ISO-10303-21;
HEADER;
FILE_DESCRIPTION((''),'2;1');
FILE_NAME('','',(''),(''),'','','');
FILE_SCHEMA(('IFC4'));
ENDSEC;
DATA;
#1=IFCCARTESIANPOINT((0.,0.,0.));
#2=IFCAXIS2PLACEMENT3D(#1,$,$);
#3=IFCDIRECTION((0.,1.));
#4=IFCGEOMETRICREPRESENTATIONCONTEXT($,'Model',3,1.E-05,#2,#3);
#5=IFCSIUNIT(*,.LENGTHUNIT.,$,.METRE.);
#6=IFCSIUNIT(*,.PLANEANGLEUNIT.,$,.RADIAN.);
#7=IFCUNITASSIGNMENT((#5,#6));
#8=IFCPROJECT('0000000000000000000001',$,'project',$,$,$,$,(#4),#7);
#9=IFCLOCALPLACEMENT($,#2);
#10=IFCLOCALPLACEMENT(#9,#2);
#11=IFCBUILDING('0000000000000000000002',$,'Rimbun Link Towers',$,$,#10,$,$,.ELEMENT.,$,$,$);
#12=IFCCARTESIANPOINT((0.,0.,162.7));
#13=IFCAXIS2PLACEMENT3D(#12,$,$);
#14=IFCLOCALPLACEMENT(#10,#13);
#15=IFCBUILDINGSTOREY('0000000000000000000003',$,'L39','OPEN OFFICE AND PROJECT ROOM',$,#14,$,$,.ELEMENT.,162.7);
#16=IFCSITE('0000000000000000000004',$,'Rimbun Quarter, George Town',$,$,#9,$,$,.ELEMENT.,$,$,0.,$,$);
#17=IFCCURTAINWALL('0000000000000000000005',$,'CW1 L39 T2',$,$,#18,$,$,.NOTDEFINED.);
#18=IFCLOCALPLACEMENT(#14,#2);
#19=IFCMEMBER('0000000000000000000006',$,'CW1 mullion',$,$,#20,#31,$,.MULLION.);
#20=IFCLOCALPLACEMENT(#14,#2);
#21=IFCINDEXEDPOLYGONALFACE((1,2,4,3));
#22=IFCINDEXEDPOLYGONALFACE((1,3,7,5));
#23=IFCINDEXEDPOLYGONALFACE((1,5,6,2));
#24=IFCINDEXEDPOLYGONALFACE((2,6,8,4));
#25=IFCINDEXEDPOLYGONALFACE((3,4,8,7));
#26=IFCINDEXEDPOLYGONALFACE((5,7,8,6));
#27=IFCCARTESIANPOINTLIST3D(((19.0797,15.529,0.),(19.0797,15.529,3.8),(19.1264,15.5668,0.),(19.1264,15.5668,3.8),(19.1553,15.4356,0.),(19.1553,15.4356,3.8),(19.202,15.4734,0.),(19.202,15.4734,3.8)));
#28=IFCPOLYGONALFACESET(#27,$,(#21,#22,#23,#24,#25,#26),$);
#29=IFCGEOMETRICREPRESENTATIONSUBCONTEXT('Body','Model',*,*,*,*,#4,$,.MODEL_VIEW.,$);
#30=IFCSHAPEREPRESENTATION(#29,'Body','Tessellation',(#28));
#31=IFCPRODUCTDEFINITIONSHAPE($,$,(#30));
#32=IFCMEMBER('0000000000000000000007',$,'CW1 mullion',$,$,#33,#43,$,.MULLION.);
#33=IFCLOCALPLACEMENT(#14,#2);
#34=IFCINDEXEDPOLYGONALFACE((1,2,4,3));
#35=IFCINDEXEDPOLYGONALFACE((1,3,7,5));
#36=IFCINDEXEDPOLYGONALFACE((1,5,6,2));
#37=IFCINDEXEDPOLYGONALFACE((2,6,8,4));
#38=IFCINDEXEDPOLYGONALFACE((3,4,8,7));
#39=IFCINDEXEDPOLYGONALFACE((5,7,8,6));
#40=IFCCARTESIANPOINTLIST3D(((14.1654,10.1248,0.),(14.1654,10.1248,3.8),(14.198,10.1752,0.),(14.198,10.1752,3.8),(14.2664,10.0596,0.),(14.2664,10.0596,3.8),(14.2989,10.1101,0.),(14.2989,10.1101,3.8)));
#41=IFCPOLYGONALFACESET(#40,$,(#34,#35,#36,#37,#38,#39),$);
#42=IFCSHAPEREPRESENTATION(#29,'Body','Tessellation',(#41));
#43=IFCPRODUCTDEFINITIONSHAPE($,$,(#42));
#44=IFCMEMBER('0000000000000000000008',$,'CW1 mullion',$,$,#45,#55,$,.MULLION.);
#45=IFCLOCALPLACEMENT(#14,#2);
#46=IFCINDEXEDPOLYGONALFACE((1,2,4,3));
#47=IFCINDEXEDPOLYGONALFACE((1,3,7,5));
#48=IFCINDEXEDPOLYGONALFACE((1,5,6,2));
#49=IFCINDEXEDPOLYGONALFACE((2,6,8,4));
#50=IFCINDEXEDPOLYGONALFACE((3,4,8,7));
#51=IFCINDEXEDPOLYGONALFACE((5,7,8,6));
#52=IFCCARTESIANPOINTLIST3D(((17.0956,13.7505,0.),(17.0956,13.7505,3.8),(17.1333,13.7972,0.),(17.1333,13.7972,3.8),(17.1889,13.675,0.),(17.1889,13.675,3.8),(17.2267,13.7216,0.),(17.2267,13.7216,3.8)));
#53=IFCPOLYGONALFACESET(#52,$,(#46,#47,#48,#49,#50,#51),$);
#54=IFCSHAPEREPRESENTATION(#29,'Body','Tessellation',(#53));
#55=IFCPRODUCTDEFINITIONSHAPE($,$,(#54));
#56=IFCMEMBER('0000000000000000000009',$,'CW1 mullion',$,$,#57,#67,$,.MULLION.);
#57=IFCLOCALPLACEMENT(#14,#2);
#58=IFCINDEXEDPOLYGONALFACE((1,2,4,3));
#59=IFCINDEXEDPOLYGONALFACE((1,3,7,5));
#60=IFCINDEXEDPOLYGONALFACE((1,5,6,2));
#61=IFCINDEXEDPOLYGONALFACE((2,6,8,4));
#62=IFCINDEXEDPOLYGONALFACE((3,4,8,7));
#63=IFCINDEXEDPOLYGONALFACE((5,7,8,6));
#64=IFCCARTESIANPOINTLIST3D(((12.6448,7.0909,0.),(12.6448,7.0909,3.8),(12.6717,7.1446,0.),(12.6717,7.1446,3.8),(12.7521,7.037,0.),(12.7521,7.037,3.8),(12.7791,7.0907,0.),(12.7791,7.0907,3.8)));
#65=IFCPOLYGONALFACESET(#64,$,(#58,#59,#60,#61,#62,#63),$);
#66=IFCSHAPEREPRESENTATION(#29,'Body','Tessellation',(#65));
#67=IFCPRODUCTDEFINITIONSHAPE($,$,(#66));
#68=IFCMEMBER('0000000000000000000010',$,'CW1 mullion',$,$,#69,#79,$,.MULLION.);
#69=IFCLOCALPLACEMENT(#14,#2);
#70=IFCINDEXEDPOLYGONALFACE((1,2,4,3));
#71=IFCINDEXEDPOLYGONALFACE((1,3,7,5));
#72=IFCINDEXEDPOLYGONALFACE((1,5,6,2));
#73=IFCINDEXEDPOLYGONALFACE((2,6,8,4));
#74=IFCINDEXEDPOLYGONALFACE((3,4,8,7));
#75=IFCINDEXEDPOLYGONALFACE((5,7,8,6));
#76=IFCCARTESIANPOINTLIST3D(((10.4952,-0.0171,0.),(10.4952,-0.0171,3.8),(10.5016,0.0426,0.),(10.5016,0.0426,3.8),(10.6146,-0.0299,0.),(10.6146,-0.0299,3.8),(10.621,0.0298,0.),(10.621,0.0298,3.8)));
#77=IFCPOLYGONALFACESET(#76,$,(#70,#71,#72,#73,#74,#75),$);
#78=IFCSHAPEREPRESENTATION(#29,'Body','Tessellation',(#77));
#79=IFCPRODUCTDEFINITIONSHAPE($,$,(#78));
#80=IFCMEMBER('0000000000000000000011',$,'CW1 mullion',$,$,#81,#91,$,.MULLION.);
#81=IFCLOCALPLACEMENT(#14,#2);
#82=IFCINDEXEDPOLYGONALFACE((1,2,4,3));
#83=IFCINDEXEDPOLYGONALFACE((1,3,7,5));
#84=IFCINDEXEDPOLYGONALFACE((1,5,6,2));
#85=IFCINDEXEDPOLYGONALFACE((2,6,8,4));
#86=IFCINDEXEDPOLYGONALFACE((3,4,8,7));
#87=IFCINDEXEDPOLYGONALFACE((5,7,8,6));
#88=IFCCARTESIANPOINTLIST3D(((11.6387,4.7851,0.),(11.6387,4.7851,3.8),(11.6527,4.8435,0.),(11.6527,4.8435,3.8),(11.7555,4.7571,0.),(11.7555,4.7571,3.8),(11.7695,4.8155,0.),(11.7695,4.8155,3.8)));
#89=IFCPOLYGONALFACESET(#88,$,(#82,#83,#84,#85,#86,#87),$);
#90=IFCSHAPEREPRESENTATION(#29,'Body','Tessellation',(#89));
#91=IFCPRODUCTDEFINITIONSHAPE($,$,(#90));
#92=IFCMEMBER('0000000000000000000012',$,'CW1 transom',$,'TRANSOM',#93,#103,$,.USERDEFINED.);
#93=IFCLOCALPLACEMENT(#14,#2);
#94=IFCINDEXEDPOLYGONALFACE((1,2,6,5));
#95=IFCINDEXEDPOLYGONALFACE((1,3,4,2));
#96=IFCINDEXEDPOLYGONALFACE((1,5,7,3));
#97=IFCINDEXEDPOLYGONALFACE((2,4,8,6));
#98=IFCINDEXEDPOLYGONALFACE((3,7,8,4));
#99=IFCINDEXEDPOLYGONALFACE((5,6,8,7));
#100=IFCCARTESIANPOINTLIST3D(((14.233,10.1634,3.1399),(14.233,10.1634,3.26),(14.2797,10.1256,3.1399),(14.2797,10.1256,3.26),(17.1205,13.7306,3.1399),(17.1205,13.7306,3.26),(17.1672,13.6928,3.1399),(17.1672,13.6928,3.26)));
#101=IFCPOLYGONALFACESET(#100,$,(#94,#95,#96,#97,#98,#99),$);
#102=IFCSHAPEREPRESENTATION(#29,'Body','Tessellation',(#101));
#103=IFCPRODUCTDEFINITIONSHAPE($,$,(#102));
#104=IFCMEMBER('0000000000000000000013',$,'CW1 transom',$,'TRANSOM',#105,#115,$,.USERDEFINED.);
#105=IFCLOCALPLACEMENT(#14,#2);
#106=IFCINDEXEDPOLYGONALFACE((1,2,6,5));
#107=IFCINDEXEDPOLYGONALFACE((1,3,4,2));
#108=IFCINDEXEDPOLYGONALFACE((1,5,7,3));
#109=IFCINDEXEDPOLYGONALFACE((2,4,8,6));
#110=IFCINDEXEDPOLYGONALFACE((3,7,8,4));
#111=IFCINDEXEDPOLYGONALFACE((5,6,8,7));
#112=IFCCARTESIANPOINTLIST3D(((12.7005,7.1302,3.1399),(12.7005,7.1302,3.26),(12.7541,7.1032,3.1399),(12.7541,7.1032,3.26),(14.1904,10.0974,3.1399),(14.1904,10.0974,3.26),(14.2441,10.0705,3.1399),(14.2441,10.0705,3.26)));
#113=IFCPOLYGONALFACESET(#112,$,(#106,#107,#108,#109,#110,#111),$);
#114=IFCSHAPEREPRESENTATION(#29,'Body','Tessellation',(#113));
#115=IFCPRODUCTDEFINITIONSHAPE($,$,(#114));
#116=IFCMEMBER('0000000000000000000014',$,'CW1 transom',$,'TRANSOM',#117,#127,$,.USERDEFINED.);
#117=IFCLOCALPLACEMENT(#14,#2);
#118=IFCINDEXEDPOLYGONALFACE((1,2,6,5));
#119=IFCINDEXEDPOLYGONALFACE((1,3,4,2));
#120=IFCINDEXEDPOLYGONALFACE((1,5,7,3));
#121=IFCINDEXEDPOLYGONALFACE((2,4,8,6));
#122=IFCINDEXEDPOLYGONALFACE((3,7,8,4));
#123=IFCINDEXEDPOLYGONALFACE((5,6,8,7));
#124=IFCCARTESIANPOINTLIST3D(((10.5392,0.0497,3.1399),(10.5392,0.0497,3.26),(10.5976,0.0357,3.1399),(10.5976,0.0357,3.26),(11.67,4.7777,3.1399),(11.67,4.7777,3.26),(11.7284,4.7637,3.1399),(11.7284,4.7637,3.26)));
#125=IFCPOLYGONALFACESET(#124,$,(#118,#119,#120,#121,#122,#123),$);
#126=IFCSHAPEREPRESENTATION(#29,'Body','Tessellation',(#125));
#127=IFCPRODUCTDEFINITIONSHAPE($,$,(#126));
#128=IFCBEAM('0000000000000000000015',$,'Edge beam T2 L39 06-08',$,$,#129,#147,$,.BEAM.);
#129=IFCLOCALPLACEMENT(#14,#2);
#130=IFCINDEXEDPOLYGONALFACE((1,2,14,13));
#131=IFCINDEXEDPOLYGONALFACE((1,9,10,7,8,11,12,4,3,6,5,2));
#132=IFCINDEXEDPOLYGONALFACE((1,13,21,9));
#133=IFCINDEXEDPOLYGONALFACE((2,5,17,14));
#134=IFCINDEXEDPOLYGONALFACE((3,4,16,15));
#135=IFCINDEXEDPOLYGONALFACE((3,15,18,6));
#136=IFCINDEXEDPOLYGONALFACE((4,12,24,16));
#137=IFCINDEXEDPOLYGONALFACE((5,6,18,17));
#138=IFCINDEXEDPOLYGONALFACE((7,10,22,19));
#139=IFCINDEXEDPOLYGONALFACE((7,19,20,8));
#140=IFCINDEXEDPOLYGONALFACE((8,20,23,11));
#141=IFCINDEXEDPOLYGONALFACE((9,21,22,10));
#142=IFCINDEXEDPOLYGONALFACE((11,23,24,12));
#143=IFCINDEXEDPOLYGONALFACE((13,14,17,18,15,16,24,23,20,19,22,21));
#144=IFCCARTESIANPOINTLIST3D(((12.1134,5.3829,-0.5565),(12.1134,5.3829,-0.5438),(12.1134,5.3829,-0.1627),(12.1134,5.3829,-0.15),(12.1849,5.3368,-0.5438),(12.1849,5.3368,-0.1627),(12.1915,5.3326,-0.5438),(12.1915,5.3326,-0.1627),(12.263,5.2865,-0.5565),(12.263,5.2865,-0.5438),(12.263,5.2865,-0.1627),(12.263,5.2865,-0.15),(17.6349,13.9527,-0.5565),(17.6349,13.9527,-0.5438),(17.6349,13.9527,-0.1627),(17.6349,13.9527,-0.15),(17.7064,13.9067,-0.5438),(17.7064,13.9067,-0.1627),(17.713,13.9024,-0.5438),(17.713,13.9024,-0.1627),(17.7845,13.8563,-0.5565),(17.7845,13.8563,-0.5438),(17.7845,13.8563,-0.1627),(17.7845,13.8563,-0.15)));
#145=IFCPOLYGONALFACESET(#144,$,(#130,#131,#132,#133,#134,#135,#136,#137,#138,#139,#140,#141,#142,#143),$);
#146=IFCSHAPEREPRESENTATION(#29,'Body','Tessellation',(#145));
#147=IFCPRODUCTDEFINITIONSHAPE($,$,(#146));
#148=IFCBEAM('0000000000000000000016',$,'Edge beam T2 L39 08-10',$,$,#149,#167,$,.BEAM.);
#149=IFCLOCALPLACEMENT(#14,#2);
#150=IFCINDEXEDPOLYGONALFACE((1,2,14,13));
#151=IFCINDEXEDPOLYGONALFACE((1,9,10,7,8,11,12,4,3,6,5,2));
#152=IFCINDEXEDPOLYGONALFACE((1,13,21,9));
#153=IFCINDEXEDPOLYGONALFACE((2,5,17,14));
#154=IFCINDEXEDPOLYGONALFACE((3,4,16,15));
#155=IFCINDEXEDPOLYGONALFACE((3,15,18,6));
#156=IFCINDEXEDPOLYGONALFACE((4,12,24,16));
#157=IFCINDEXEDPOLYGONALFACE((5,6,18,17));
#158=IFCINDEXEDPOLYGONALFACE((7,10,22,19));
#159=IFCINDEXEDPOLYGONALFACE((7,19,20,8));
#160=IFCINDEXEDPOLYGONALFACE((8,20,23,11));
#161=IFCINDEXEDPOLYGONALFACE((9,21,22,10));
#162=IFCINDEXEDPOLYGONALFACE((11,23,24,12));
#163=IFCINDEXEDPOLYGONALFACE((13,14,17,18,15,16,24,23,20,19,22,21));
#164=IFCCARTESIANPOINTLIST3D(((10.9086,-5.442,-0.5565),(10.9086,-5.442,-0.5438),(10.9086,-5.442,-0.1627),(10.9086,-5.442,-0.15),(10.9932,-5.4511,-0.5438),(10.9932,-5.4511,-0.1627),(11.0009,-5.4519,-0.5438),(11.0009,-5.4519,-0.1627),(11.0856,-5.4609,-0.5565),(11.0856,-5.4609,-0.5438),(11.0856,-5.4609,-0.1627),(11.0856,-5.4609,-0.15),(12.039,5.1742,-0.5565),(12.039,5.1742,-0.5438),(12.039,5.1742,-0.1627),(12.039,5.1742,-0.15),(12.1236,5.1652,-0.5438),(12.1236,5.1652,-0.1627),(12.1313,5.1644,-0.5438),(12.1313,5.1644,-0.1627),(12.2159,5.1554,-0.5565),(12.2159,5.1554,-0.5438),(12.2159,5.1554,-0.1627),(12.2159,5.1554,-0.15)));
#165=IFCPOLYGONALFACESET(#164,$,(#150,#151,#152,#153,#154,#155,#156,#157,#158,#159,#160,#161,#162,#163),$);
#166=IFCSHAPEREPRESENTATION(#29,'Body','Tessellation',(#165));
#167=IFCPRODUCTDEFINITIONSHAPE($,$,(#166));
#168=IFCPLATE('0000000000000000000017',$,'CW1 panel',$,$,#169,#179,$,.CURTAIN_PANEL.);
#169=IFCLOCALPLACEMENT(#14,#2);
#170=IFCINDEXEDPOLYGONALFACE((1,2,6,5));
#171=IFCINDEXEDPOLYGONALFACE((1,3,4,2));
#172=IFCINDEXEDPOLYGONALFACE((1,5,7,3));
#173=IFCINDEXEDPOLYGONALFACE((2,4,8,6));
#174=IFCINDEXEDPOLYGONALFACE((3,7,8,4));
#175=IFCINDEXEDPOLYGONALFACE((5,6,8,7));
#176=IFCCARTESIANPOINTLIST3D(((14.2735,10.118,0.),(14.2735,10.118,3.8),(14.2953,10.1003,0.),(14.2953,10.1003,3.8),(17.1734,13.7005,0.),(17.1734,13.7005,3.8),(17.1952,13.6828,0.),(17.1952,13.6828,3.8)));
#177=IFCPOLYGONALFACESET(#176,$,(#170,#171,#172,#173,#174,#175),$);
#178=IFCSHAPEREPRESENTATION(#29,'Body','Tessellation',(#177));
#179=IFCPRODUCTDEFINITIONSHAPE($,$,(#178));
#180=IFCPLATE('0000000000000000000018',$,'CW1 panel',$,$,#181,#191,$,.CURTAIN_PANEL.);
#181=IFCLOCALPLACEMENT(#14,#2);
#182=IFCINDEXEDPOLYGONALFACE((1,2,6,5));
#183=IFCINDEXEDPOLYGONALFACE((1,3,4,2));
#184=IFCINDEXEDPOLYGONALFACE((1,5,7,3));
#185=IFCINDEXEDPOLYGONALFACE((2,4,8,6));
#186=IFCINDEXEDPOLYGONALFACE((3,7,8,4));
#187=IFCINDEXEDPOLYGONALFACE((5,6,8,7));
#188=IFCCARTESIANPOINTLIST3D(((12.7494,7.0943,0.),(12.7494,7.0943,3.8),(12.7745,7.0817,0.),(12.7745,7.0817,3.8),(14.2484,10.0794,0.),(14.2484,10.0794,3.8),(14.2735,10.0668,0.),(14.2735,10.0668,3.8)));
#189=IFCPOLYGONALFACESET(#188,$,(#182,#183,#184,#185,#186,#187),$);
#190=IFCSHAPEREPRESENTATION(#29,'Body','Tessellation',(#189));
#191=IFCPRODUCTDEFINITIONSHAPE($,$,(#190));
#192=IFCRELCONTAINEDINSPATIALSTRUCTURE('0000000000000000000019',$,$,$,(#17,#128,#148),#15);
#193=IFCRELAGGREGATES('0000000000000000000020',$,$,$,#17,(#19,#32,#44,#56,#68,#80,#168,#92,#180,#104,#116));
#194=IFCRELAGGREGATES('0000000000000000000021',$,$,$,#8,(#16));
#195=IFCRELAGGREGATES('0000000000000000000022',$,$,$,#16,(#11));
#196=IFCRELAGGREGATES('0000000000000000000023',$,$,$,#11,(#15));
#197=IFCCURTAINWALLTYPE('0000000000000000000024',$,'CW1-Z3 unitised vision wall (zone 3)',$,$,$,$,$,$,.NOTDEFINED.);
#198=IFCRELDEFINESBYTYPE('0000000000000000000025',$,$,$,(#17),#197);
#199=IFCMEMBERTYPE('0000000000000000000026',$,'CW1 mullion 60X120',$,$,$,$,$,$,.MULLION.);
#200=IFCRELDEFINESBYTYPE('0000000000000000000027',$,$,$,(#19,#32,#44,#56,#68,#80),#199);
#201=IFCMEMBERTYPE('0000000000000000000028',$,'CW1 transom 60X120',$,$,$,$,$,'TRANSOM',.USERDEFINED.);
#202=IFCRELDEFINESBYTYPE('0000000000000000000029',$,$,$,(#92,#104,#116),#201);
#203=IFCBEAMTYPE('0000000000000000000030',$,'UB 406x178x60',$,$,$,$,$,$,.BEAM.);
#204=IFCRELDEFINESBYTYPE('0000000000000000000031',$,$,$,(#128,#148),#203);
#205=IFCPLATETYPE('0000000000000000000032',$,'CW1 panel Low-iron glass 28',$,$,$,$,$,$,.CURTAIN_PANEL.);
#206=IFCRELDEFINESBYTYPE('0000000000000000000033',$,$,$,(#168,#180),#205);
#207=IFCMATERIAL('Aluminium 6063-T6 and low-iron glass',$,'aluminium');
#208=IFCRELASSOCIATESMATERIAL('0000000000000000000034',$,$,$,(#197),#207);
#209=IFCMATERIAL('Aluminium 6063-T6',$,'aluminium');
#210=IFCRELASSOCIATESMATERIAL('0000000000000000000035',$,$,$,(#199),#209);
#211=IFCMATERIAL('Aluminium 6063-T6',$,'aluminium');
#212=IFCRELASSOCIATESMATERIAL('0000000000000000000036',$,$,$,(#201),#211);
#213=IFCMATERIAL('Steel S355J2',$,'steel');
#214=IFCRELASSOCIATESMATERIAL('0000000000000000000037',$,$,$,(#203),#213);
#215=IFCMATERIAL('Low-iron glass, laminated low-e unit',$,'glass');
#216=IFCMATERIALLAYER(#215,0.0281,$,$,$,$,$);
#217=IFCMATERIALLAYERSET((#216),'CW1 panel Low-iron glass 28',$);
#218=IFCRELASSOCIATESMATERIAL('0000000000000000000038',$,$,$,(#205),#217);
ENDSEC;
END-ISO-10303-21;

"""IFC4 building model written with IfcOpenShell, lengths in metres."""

from ifc_helpers import new_model, si_unit, direction, frame, origin, origin_2d, place, context, subcontext, project, spatial, rectangle, i_section, extrude, material, layer, layer_set, material_profile, profile_set, type_object, element, aggregate, save


model = new_model("IFC4")

# Units and contexts
model_context = context("Model", 3, precision=1e-05, world=origin(), true_north=direction((0.0, 1.0)))
body_context = subcontext(model_context, "Body", "Model", "MODEL_VIEW")
ifc_project = project(units=[si_unit("LENGTHUNIT", "METRE"), si_unit("PLANEANGLEUNIT", "RADIAN")], contexts=[model_context])

# Site, building, storey
site_placement = place(None, origin())
site = spatial("IfcSite", under=ifc_project, at=site_placement, Name="Rimbun Quarter, George Town", CompositionType="ELEMENT", RefElevation=0.0)
building_placement = place(site_placement, origin())
building = spatial("IfcBuilding", under=site, at=building_placement, Name="Rimbun Link Towers", CompositionType="ELEMENT")
storey_placement = place(building_placement, frame((0.0, 0.0, 162.7)))
storey = spatial("IfcBuildingStorey", under=building, at=storey_placement, Name="L39", Description="OPEN OFFICE AND PROJECT ROOM", CompositionType="ELEMENT", Elevation=162.7)

# Curtain wall, members
ifc_material_1 = material(Name="Aluminium 6063-T6 and low-iron glass", Category="aluminium")
curtain_wall_type = type_object("IfcCurtainWallType", Name="CW1-Z3 unitised vision wall (zone 3)", PredefinedType="NOTDEFINED", material=ifc_material_1)
curtain_wall_placement = place(storey_placement, origin())
curtain_wall = element("IfcCurtainWall", 1, at=curtain_wall_placement, inside=storey, type_object=curtain_wall_type, Name="CW1 L39 T2", PredefinedType="NOTDEFINED")
ifc_material_2 = material(Name="Aluminium 6063-T6", Category="aluminium")
ifc_material_profile_1 = material_profile(ifc_material_2, rectangle(XDim=0.1201, YDim=0.0601, at=origin_2d()), Name="MULLION 60X120")
ifc_profile_set_1 = profile_set([ifc_material_profile_1], Name="Aluminium 6063-T6")
member_type_1 = type_object("IfcMemberType", Name="CW1 mullion 60X120", PredefinedType="MULLION", material=ifc_profile_set_1)
member_1_placement = place(storey_placement, frame((19.1409, 15.5012, 0.0), z_axis=(0.0, 0.0, 1.0), x_axis=(-0.629169, 0.777269, 0.0)))
member_1 = element("IfcMember", 2, at=member_1_placement, type_object=member_type_1, Name="CW1 mullion", PredefinedType="MULLION", context=body_context, shape_type="SweptSolid", body=[
    extrude(rectangle(XDim=0.1201, YDim=0.0601, at=origin_2d()), origin(), (0.0, 0.0, 1.0), 3.8),
])
member_2_placement = place(storey_placement, frame((14.2322, 10.1174, 0.0), z_axis=(0.0, 0.0, 1.0), x_axis=(-0.840314, 0.5421, 0.0)))
member_2 = element("IfcMember", 3, at=member_2_placement, type_object=member_type_1, Name="CW1 mullion", PredefinedType="MULLION", context=body_context, shape_type="SweptSolid", body=[
    extrude(rectangle(XDim=0.1201, YDim=0.0601, at=origin_2d()), origin(), (0.0, 0.0, 1.0), 3.8),
])
member_3_placement = place(storey_placement, frame((17.1611, 13.7361, 0.0), z_axis=(0.0, 0.0, 1.0), x_axis=(-0.777269, 0.629169, 0.0)))
member_3 = element("IfcMember", 4, at=member_3_placement, type_object=member_type_1, Name="CW1 mullion", PredefinedType="MULLION", context=body_context, shape_type="SweptSolid", body=[
    extrude(rectangle(XDim=0.1201, YDim=0.0601, at=origin_2d()), origin(), (0.0, 0.0, 1.0), 3.8),
])
member_4_placement = place(storey_placement, frame((12.7119, 7.0908, 0.0), z_axis=(0.0, 0.0, 1.0), x_axis=(-0.893649, 0.448766, 0.0)))
member_4 = element("IfcMember", 5, at=member_4_placement, type_object=member_type_1, Name="CW1 mullion", PredefinedType="MULLION", context=body_context, shape_type="SweptSolid", body=[
    extrude(rectangle(XDim=0.1201, YDim=0.0601, at=origin_2d()), origin(), (0.0, 0.0, 1.0), 3.8),
])
member_5_placement = place(storey_placement, frame((10.5581, 0.0063, 0.0), z_axis=(0.0, 0.0, 1.0), x_axis=(-0.994297, 0.106647, 0.0)))
member_5 = element("IfcMember", 6, at=member_5_placement, type_object=member_type_1, Name="CW1 mullion", PredefinedType="MULLION", context=body_context, shape_type="SweptSolid", body=[
    extrude(rectangle(XDim=0.1201, YDim=0.0601, at=origin_2d()), origin(), (0.0, 0.0, 1.0), 3.8),
])
member_6_placement = place(storey_placement, frame((11.7041, 4.8003, 0.0), z_axis=(0.0, 0.0, 1.0), x_axis=(-0.97257, 0.23261, 0.0)))
member_6 = element("IfcMember", 7, at=member_6_placement, type_object=member_type_1, Name="CW1 mullion", PredefinedType="MULLION", context=body_context, shape_type="SweptSolid", body=[
    extrude(rectangle(XDim=0.1201, YDim=0.0601, at=origin_2d()), origin(), (0.0, 0.0, 1.0), 3.8),
])
ifc_material_3 = material(Name="Aluminium 6063-T6", Category="aluminium")
ifc_material_profile_2 = material_profile(ifc_material_3, rectangle(XDim=0.0601, YDim=0.1201, at=origin_2d()), Name="TRANSOM 60X120")
ifc_profile_set_2 = profile_set([ifc_material_profile_2], Name="Aluminium 6063-T6")
member_type_2 = type_object("IfcMemberType", Name="CW1 transom 60X120", ElementType="TRANSOM", PredefinedType="USERDEFINED", material=ifc_profile_set_2)
member_7_placement = place(storey_placement, frame((14.2563, 10.1445, 3.2), z_axis=(0.629168, 0.77727, 0.0), x_axis=(-0.77727, 0.629168, 0.0)))
member_7 = element("IfcMember", 8, at=member_7_placement, type_object=member_type_2, Name="CW1 transom", ObjectType="TRANSOM", PredefinedType="USERDEFINED", context=body_context, shape_type="SweptSolid", body=[
    extrude(rectangle(XDim=0.0601, YDim=0.1201, at=origin_2d()), origin(), (0.0, 0.0, 1.0), 4.5894),
])
member_8_placement = place(storey_placement, frame((12.7273, 7.1167, 3.2), z_axis=(0.448742, 0.893661, 0.0), x_axis=(-0.893661, 0.448742, 0.0)))
member_8 = element("IfcMember", 9, at=member_8_placement, type_object=member_type_2, Name="CW1 transom", ObjectType="TRANSOM", PredefinedType="USERDEFINED", context=body_context, shape_type="SweptSolid", body=[
    extrude(rectangle(XDim=0.0601, YDim=0.1201, at=origin_2d()), origin(), (0.0, 0.0, 1.0), 3.3203),
])
member_9_placement = place(storey_placement, frame((10.5684, 0.0427, 3.2), z_axis=(0.232621, 0.972568, 0.0), x_axis=(-0.972568, 0.232621, 0.0)))
member_9 = element("IfcMember", 10, at=member_9_placement, type_object=member_type_2, Name="CW1 transom", ObjectType="TRANSOM", PredefinedType="USERDEFINED", context=body_context, shape_type="SweptSolid", body=[
    extrude(rectangle(XDim=0.0601, YDim=0.1201, at=origin_2d()), origin(), (0.0, 0.0, 1.0), 4.8613),
])

# Beams
ifc_material_4 = material(Name="Steel S355J2", Category="steel")
ifc_material_profile_3 = material_profile(ifc_material_4, i_section(OverallWidth=0.178, OverallDepth=0.4065, WebThickness=0.0078, FlangeThickness=0.0127, at=origin_2d()), Name="UB 406x178x60")
ifc_profile_set_3 = profile_set([ifc_material_profile_3], Name="Steel S355J2")
beam_type = type_object("IfcBeamType", Name="UB 406x178x60", PredefinedType="BEAM", material=ifc_profile_set_3)
beam_1_placement = place(storey_placement, frame((17.7097, 13.9045, -0.3533), z_axis=(-0.541612, -0.840629, 0.0), x_axis=(0.840629, -0.541612, 0.0)))
element("IfcBeam", 11, at=beam_1_placement, inside=storey, type_object=beam_type, Name="Edge beam T2 L39 06-08", PredefinedType="BEAM", context=body_context, shape_type="SweptSolid", body=[
    extrude(i_section(OverallWidth=0.178, OverallDepth=0.4065, WebThickness=0.0078, FlangeThickness=0.0127, at=origin_2d()), origin(), (0.0, 0.0, 1.0), 10.1946),
])
beam_2_placement = place(storey_placement, frame((12.1274, 5.1648, -0.3533), z_axis=(-0.105877, -0.994379, 0.0), x_axis=(0.994379, -0.105877, 0.0)))
element("IfcBeam", 12, at=beam_2_placement, inside=storey, type_object=beam_type, Name="Edge beam T2 L39 08-10", PredefinedType="BEAM", context=body_context, shape_type="SweptSolid", body=[
    extrude(i_section(OverallWidth=0.178, OverallDepth=0.4065, WebThickness=0.0078, FlangeThickness=0.0127, at=origin_2d()), origin(), (0.0, 0.0, 1.0), 10.6763),
])

# Plates
ifc_material_5 = material(Name="Low-iron glass, laminated low-e unit", Category="glass")
ifc_layer_1 = layer(ifc_material_5, 0.0281)
ifc_layer_set_1 = layer_set([ifc_layer_1], Name="CW1 panel Low-iron glass 28")
plate_type = type_object("IfcPlateType", Name="CW1 panel Low-iron glass 28", PredefinedType="CURTAIN_PANEL", material=ifc_layer_set_1)
plate_1_placement = place(storey_placement, frame((15.7344, 11.9004, 0.0), z_axis=(0.0, 0.0, 1.0), x_axis=(0.629169, 0.777269, 0.0)))
plate_1 = element("IfcPlate", 13, at=plate_1_placement, type_object=plate_type, Name="CW1 panel", PredefinedType="CURTAIN_PANEL", context=body_context, shape_type="SweptSolid", body=[
    extrude(rectangle(XDim=4.6091, YDim=0.0281, at=origin_2d()), origin(), (0.0, 0.0, 1.0), 3.8),
])
plate_2_placement = place(storey_placement, frame((13.5115, 8.5806, 0.0), z_axis=(0.0, 0.0, 1.0), x_axis=(0.448766, 0.893649, 0.0)))
plate_2 = element("IfcPlate", 14, at=plate_2_placement, type_object=plate_type, Name="CW1 panel", PredefinedType="CURTAIN_PANEL", context=body_context, shape_type="SweptSolid", body=[
    extrude(rectangle(XDim=3.3403, YDim=0.0281, at=origin_2d()), origin(), (0.0, 0.0, 1.0), 3.8),
])
aggregate(curtain_wall, [member_1, member_2, member_3, member_4, member_5, member_6, plate_1, member_7, plate_2, member_8, member_9])

save(model, "model.ifc")
